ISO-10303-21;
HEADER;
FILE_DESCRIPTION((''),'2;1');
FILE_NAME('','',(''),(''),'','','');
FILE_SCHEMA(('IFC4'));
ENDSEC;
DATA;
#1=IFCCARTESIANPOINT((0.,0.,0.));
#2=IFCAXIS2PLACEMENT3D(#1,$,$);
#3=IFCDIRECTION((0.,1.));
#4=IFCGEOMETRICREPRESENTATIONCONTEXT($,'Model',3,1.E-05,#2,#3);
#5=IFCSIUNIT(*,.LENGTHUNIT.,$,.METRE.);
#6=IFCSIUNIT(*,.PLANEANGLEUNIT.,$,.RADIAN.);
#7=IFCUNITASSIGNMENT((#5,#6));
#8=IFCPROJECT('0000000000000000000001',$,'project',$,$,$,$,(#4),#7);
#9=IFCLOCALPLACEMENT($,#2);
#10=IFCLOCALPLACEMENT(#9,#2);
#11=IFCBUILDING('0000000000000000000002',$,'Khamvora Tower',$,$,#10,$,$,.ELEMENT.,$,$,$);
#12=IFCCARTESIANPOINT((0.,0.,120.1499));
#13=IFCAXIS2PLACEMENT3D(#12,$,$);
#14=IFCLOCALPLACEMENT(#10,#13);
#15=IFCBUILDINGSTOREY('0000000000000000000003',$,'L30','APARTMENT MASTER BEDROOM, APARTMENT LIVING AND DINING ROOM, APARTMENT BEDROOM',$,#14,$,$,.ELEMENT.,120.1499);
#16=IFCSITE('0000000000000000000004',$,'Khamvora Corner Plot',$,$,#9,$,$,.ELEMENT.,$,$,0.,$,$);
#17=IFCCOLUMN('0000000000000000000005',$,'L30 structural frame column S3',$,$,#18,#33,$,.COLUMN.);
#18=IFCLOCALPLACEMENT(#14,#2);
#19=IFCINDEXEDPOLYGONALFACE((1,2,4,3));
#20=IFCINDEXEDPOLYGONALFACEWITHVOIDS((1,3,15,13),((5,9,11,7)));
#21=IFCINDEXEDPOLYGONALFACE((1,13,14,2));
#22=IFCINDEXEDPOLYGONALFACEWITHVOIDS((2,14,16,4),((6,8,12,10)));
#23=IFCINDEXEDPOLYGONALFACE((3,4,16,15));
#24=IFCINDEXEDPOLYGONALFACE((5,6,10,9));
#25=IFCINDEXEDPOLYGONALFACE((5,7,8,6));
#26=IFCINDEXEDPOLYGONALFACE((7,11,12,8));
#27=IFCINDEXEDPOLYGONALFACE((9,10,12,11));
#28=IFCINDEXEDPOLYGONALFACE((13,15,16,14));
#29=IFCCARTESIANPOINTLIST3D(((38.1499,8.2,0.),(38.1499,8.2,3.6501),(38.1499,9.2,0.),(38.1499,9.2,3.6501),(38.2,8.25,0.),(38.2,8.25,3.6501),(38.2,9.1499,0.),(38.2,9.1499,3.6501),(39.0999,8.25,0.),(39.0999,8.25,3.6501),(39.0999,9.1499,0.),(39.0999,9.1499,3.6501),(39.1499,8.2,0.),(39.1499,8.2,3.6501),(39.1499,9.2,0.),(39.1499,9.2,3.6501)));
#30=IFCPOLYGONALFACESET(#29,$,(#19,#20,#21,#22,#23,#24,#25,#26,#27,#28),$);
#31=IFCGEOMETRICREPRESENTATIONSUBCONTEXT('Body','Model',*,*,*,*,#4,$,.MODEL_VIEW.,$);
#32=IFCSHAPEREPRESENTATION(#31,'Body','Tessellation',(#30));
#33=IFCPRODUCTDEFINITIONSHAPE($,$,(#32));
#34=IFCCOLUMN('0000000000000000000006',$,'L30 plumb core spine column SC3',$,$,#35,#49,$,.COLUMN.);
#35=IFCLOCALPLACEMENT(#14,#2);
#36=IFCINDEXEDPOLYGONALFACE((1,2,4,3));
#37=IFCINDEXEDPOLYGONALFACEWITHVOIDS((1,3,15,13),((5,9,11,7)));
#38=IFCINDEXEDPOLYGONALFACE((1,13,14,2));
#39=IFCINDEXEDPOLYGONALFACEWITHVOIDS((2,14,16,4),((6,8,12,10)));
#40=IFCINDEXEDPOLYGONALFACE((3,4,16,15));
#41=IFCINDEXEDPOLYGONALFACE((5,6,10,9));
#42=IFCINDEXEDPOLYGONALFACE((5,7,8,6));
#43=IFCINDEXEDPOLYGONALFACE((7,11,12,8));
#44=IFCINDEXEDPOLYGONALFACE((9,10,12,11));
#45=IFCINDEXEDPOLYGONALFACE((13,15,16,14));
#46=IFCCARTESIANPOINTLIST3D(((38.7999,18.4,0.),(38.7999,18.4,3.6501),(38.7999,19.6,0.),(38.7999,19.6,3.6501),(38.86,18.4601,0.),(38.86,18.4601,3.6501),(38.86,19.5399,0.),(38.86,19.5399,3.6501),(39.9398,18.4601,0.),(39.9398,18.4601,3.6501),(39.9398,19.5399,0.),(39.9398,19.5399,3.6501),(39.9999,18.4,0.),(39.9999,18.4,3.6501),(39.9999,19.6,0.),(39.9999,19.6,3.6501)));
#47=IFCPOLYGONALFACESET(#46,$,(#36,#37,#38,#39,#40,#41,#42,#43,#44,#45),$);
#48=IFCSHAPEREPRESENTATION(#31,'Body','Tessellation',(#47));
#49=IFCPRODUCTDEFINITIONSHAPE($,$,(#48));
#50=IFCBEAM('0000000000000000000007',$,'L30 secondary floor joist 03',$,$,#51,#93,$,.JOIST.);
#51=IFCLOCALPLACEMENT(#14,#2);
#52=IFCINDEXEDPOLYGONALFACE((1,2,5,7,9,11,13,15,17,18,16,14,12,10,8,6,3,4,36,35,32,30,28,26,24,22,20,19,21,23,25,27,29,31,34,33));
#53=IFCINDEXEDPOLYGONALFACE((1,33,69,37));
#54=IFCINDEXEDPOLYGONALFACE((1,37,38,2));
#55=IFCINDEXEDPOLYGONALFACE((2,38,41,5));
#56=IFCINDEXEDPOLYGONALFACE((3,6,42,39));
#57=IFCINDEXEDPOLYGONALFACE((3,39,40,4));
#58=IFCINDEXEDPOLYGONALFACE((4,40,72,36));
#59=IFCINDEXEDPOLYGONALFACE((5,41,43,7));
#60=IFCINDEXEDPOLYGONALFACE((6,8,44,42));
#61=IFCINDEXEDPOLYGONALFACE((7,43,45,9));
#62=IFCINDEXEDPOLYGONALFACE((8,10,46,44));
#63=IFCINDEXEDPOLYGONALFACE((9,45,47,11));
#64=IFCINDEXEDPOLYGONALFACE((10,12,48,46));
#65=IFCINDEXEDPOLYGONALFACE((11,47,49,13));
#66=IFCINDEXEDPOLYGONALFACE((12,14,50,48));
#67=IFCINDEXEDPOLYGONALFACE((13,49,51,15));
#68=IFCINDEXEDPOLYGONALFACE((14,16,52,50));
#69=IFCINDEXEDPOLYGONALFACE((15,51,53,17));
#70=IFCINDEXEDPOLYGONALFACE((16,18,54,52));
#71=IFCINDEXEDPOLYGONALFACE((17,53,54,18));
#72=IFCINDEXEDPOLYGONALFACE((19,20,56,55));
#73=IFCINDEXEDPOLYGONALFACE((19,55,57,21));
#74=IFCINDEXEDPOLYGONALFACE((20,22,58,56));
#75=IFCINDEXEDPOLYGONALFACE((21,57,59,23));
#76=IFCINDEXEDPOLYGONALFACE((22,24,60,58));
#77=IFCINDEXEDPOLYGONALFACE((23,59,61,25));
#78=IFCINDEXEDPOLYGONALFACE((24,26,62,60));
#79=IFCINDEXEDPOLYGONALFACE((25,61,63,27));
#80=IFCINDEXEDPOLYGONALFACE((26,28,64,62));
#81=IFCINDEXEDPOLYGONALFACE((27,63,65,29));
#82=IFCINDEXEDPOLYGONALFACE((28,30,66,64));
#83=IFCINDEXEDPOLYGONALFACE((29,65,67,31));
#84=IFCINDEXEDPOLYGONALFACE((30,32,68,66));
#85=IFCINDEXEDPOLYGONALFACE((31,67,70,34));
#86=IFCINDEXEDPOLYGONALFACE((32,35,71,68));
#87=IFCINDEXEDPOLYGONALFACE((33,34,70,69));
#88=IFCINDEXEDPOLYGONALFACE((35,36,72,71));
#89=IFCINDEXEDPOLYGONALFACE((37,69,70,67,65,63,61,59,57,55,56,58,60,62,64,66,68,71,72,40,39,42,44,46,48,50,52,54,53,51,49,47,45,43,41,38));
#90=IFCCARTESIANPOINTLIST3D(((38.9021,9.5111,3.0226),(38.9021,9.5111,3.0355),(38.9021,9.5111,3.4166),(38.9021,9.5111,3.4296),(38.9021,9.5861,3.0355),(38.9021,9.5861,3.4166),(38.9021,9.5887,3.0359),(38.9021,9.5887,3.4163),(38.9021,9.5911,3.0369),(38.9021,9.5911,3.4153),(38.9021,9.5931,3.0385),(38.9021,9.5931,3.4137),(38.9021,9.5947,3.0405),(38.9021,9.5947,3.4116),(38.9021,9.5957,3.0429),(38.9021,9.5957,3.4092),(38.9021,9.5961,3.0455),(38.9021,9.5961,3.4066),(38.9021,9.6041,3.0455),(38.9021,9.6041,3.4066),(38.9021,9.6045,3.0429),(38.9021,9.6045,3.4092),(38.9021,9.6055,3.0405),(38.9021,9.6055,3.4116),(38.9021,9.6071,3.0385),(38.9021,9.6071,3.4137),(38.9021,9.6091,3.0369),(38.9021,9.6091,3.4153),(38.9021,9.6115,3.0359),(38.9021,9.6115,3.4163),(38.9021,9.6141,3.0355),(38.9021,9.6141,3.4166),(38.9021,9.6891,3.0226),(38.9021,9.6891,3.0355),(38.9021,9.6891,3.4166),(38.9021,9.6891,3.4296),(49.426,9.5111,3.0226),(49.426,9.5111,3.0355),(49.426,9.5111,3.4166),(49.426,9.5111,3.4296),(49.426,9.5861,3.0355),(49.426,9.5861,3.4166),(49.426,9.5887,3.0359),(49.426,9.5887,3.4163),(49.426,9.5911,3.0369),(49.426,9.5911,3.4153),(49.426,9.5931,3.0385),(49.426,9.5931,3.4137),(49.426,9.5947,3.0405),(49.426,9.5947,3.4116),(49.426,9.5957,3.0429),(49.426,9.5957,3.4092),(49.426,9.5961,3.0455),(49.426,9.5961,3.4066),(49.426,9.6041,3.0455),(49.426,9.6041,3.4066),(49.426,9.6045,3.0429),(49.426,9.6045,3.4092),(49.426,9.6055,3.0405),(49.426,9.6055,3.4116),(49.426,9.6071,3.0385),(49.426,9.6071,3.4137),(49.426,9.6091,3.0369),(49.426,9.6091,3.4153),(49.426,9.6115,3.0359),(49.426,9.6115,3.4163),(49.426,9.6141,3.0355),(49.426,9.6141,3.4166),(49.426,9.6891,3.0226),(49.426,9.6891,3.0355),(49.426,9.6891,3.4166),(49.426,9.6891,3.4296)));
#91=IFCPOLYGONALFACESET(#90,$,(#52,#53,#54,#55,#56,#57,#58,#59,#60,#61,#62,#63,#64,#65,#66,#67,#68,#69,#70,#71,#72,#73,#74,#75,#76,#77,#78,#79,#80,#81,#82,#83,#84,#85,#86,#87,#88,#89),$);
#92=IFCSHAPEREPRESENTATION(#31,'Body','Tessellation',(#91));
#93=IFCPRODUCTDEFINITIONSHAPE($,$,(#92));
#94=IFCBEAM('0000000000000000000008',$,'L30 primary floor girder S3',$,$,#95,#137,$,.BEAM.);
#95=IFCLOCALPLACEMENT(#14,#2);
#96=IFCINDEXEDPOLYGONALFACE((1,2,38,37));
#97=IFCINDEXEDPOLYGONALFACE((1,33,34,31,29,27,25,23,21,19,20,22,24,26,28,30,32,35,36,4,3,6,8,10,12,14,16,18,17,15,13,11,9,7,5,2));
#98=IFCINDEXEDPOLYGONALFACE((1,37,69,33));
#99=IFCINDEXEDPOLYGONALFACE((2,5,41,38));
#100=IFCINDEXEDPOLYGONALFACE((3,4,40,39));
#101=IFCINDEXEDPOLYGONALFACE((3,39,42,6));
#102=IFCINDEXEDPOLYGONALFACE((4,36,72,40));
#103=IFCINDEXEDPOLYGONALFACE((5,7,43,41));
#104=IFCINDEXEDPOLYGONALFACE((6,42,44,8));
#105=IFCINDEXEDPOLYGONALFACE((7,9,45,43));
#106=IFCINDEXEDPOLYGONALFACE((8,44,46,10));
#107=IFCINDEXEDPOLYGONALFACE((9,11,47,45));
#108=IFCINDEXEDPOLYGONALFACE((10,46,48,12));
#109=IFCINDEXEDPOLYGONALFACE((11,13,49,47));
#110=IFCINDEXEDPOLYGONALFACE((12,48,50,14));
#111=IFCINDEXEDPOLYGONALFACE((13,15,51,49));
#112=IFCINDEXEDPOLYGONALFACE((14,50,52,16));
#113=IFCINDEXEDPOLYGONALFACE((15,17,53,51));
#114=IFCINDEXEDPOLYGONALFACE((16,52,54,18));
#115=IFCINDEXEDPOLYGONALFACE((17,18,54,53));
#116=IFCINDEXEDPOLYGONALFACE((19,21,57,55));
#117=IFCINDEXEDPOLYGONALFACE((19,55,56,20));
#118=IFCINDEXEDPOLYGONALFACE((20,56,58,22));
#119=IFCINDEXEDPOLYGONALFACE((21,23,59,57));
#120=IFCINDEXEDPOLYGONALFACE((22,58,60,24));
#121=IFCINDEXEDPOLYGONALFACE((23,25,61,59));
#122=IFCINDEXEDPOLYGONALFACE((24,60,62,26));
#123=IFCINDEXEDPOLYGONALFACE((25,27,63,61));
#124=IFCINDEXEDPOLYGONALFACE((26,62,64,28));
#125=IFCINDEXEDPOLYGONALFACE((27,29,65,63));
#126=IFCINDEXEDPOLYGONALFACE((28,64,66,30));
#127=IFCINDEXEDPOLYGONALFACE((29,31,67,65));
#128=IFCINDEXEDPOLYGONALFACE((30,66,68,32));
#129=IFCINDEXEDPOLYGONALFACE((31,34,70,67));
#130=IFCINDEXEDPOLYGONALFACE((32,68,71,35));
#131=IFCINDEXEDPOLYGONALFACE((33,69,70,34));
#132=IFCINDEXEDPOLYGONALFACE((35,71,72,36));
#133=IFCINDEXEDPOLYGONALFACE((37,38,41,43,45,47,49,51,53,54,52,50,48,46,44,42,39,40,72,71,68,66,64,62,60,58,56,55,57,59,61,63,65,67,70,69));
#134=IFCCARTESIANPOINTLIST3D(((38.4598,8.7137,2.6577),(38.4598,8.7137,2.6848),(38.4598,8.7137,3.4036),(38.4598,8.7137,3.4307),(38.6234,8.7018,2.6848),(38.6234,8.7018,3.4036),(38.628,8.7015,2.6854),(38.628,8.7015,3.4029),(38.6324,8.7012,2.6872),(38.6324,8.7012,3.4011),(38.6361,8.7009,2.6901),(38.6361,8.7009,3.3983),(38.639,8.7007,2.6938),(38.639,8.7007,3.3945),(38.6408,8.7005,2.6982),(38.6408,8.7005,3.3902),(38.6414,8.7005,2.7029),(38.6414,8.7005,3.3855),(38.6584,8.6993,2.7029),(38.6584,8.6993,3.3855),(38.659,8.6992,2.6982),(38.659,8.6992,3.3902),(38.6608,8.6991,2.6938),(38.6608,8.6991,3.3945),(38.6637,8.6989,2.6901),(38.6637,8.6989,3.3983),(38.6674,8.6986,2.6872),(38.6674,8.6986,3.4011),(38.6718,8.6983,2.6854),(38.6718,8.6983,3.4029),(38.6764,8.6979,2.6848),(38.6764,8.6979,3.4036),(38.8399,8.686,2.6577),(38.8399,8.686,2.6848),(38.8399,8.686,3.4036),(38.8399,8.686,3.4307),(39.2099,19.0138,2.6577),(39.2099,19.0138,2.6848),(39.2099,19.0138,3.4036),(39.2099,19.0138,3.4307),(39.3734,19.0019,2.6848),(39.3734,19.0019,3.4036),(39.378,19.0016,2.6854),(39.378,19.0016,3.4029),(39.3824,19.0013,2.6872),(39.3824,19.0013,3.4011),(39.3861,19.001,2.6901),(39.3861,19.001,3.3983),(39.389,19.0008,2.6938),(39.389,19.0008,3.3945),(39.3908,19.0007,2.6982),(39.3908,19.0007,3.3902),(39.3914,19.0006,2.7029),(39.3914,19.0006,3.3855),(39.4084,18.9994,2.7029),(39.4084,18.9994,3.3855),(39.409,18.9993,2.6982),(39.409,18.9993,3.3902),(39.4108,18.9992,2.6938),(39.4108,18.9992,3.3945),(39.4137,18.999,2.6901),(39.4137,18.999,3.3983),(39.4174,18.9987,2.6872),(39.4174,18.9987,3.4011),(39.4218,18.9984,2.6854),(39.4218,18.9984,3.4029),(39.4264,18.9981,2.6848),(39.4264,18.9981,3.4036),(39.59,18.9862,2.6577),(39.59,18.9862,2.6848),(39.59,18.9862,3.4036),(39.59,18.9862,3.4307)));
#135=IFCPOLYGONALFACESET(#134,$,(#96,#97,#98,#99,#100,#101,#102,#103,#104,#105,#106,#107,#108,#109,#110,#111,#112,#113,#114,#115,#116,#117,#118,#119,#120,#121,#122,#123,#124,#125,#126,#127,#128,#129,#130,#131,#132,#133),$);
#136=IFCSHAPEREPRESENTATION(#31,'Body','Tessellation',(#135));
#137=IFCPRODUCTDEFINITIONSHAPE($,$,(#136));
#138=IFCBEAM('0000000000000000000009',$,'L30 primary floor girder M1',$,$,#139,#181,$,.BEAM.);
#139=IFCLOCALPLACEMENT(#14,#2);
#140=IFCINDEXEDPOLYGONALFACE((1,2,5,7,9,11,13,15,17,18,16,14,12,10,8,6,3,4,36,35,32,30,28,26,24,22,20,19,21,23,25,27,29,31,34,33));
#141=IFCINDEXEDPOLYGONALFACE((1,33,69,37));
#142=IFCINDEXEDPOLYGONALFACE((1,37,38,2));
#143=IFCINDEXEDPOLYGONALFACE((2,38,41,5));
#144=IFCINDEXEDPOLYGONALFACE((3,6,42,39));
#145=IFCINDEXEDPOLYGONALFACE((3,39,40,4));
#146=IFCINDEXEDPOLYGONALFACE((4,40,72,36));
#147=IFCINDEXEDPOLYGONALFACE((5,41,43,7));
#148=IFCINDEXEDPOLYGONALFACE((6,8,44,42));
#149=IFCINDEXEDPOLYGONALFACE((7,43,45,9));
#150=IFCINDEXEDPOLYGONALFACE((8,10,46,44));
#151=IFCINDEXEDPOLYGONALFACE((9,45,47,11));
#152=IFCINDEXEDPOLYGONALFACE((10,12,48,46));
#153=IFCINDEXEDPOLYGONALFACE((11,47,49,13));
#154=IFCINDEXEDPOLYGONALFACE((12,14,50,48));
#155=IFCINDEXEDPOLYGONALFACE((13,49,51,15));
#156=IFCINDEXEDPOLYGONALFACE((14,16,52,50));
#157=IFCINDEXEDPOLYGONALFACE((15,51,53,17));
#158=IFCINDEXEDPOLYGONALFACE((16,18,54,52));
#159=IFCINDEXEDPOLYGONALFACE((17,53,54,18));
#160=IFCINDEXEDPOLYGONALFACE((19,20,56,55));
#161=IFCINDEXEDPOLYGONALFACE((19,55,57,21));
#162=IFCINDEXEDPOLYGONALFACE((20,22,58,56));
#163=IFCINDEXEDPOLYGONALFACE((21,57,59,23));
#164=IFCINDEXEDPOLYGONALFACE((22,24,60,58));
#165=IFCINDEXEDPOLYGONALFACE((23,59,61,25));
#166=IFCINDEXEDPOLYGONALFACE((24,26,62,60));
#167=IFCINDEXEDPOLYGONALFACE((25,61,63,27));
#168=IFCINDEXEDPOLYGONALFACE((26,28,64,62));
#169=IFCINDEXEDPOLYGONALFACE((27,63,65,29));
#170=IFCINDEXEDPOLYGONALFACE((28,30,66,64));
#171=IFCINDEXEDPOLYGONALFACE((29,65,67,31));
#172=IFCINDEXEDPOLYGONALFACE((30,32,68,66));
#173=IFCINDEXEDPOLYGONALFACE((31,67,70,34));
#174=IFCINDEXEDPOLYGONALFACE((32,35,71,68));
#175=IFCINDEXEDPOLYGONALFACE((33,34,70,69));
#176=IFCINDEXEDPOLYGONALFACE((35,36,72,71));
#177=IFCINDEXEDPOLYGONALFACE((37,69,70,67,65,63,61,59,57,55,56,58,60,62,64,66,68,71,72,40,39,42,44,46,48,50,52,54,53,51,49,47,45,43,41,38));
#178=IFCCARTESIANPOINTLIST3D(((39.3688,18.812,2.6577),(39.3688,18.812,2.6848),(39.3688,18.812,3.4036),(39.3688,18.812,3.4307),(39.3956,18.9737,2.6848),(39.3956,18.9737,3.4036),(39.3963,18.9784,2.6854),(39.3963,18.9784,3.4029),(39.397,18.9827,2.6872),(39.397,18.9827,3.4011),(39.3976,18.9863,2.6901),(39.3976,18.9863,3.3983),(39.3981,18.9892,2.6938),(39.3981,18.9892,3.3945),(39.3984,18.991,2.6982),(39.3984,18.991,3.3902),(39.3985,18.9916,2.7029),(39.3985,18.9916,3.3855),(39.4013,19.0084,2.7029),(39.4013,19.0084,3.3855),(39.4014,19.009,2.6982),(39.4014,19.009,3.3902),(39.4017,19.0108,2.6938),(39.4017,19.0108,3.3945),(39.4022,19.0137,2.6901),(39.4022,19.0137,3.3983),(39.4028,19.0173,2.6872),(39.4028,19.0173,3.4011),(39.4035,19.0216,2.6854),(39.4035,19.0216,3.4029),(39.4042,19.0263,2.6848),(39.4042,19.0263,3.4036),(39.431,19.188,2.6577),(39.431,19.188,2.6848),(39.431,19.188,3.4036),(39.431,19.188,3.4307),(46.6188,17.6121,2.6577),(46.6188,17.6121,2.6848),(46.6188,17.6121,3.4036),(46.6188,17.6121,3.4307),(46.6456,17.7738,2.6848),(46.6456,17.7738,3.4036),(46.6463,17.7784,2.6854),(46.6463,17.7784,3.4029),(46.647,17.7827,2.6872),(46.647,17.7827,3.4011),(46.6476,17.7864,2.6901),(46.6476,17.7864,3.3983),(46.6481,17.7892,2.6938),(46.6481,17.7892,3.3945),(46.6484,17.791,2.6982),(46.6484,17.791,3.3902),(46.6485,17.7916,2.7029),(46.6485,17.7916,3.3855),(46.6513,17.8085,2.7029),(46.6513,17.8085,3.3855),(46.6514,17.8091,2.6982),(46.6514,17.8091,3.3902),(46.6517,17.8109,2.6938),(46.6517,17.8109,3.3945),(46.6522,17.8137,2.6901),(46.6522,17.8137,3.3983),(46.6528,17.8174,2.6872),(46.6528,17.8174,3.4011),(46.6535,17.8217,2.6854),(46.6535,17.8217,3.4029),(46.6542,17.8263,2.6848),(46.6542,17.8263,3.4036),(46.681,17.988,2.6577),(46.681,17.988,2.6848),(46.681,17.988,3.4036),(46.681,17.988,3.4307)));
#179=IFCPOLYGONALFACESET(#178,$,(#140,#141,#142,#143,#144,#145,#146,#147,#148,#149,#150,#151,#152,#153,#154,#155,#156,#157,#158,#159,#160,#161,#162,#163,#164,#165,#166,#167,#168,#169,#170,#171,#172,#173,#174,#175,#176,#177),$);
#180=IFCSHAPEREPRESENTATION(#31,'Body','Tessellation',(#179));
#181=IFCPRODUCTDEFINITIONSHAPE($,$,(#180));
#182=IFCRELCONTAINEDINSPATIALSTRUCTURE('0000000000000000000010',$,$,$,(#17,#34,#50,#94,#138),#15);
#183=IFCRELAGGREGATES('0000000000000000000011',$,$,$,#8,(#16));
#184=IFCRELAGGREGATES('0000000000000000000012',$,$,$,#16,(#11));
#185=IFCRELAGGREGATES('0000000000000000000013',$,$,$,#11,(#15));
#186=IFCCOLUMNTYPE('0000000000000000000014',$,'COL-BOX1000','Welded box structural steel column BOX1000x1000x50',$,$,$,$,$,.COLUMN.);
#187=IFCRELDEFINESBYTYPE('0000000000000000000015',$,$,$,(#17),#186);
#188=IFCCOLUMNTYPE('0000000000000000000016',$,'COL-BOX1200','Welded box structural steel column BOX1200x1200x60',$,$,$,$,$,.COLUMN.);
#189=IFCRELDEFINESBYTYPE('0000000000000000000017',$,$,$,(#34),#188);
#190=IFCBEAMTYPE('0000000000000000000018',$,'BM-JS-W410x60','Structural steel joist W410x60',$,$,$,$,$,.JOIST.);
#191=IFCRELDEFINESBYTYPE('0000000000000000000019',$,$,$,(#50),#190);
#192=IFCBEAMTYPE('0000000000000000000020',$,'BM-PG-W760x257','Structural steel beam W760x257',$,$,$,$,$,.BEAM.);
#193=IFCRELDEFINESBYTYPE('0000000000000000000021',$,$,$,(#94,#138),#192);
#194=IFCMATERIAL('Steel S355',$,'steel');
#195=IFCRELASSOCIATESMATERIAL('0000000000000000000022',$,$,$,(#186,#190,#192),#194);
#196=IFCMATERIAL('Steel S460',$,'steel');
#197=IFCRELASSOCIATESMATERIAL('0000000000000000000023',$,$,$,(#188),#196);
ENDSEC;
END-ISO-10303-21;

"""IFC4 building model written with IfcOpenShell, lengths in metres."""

from ifc_helpers import new_model, si_unit, direction, frame, origin, origin_2d, place, context, subcontext, project, spatial, hollow_rectangle, i_section, extrude, material, material_profile, profile_set, type_object, element, save


model = new_model("IFC4")

# Units and contexts
model_context = context("Model", 3, precision=1e-05, world=origin(), true_north=direction((0.0, 1.0)))
body_context = subcontext(model_context, "Body", "Model", "MODEL_VIEW")
ifc_project = project(units=[si_unit("LENGTHUNIT", "METRE"), si_unit("PLANEANGLEUNIT", "RADIAN")], contexts=[model_context])

# Site, building, storey
site_placement = place(None, origin())
site = spatial("IfcSite", under=ifc_project, at=site_placement, Name="Khamvora Corner Plot", CompositionType="ELEMENT", RefElevation=0.0)
building_placement = place(site_placement, origin())
building = spatial("IfcBuilding", under=site, at=building_placement, Name="Khamvora Tower", CompositionType="ELEMENT")
storey_placement = place(building_placement, frame((0.0, 0.0, 120.1499)))
storey = spatial("IfcBuildingStorey", under=building, at=storey_placement, Name="L30", Description="APARTMENT MASTER BEDROOM, APARTMENT LIVING AND DINING ROOM, APARTMENT BEDROOM", CompositionType="ELEMENT", Elevation=120.1499)

# Columns
ifc_material_1 = material(Name="Steel S355", Category="steel")
ifc_material_profile_1 = material_profile(ifc_material_1, hollow_rectangle(XDim=1.0, YDim=1.0, WallThickness=0.05, at=origin_2d()), Name="BOX1000x1000x50")
ifc_profile_set_1 = profile_set([ifc_material_profile_1], Name="Steel S355")
column_type_1 = type_object("IfcColumnType", Name="COL-BOX1000", Description="Welded box structural steel column BOX1000x1000x50", PredefinedType="COLUMN", material=ifc_profile_set_1)
column_1_placement = place(storey_placement, frame((38.6499, 8.7, 0.0), z_axis=(0.0, 0.0, 1.0), x_axis=(1.0, 0.0, 0.0)))
element("IfcColumn", 1, at=column_1_placement, inside=storey, type_object=column_type_1, Name="L30 structural frame column S3", PredefinedType="COLUMN", context=body_context, shape_type="SweptSolid", body=[
    extrude(hollow_rectangle(XDim=1.0, YDim=1.0, WallThickness=0.05, at=origin_2d()), origin(), (0.0, 0.0, 1.0), 3.6501),
])
ifc_material_2 = material(Name="Steel S460", Category="steel")
ifc_material_profile_2 = material_profile(ifc_material_2, hollow_rectangle(XDim=1.2, YDim=1.2, WallThickness=0.0601, at=origin_2d()), Name="BOX1200x1200x60")
ifc_profile_set_2 = profile_set([ifc_material_profile_2], Name="Steel S460")
column_type_2 = type_object("IfcColumnType", Name="COL-BOX1200", Description="Welded box structural steel column BOX1200x1200x60", PredefinedType="COLUMN", material=ifc_profile_set_2)
column_2_placement = place(storey_placement, frame((39.3999, 19.0, 0.0), z_axis=(0.0, 0.0, 1.0), x_axis=(1.0, 0.0, 0.0)))
element("IfcColumn", 2, at=column_2_placement, inside=storey, type_object=column_type_2, Name="L30 plumb core spine column SC3", PredefinedType="COLUMN", context=body_context, shape_type="SweptSolid", body=[
    extrude(hollow_rectangle(XDim=1.2, YDim=1.2, WallThickness=0.0601, at=origin_2d()), origin(), (0.0, 0.0, 1.0), 3.6501),
])

# Beams
ifc_material_profile_3 = material_profile(ifc_material_1, i_section(OverallWidth=0.178, OverallDepth=0.407, WebThickness=0.0081, FlangeThickness=0.0129, FilletRadius=0.01, at=origin_2d()), Name="W410x60")
ifc_profile_set_3 = profile_set([ifc_material_profile_3], Name="Steel S355")
beam_type_1 = type_object("IfcBeamType", Name="BM-JS-W410x60", Description="Structural steel joist W410x60", PredefinedType="JOIST", material=ifc_profile_set_3)
beam_1_placement = place(storey_placement, frame((38.9021, 9.6001, 3.2261), z_axis=(1.0, 0.0, 0.0), x_axis=(0.0, 1.0, 0.0)))
element("IfcBeam", 3, at=beam_1_placement, inside=storey, type_object=beam_type_1, Name="L30 secondary floor joist 03", PredefinedType="JOIST", context=body_context, shape_type="SweptSolid", body=[
    extrude(i_section(OverallWidth=0.178, OverallDepth=0.407, WebThickness=0.0081, FlangeThickness=0.0129, FilletRadius=0.01, at=origin_2d()), origin(), (0.0, 0.0, 1.0), 10.5239),
])
ifc_material_profile_4 = material_profile(ifc_material_1, i_section(OverallWidth=0.3811, OverallDepth=0.7729, WebThickness=0.0171, FlangeThickness=0.0271, FilletRadius=0.0181, at=origin_2d()), Name="W760x257")
ifc_profile_set_4 = profile_set([ifc_material_profile_4], Name="Steel S355")
beam_type_2 = type_object("IfcBeamType", Name="BM-PG-W760x257", Description="Structural steel beam W760x257", PredefinedType="BEAM", material=ifc_profile_set_4)
beam_2_placement = place(storey_placement, frame((39.3999, 19.0, 3.0442), z_axis=(-0.072623, -0.997359, 0.0), x_axis=(0.997359, -0.072623, 0.0)))
element("IfcBeam", 4, at=beam_2_placement, inside=storey, type_object=beam_type_2, Name="L30 primary floor girder S3", PredefinedType="BEAM", context=body_context, shape_type="SweptSolid", body=[
    extrude(i_section(OverallWidth=0.3811, OverallDepth=0.7729, WebThickness=0.0171, FlangeThickness=0.0271, FilletRadius=0.0181, at=origin_2d()), origin(), (0.0, 0.0, 1.0), 10.3274),
])
beam_3_placement = place(storey_placement, frame((39.3999, 19.0, 3.0442), z_axis=(0.986578, -0.163289, 0.0), x_axis=(0.163289, 0.986578, 0.0)))
element("IfcBeam", 5, at=beam_3_placement, inside=storey, type_object=beam_type_2, Name="L30 primary floor girder M1", PredefinedType="BEAM", context=body_context, shape_type="SweptSolid", body=[
    extrude(i_section(OverallWidth=0.3811, OverallDepth=0.7729, WebThickness=0.0171, FlangeThickness=0.0271, FilletRadius=0.0181, at=origin_2d()), origin(), (0.0, 0.0, 1.0), 7.3486),
])

save(model, "model.ifc")
